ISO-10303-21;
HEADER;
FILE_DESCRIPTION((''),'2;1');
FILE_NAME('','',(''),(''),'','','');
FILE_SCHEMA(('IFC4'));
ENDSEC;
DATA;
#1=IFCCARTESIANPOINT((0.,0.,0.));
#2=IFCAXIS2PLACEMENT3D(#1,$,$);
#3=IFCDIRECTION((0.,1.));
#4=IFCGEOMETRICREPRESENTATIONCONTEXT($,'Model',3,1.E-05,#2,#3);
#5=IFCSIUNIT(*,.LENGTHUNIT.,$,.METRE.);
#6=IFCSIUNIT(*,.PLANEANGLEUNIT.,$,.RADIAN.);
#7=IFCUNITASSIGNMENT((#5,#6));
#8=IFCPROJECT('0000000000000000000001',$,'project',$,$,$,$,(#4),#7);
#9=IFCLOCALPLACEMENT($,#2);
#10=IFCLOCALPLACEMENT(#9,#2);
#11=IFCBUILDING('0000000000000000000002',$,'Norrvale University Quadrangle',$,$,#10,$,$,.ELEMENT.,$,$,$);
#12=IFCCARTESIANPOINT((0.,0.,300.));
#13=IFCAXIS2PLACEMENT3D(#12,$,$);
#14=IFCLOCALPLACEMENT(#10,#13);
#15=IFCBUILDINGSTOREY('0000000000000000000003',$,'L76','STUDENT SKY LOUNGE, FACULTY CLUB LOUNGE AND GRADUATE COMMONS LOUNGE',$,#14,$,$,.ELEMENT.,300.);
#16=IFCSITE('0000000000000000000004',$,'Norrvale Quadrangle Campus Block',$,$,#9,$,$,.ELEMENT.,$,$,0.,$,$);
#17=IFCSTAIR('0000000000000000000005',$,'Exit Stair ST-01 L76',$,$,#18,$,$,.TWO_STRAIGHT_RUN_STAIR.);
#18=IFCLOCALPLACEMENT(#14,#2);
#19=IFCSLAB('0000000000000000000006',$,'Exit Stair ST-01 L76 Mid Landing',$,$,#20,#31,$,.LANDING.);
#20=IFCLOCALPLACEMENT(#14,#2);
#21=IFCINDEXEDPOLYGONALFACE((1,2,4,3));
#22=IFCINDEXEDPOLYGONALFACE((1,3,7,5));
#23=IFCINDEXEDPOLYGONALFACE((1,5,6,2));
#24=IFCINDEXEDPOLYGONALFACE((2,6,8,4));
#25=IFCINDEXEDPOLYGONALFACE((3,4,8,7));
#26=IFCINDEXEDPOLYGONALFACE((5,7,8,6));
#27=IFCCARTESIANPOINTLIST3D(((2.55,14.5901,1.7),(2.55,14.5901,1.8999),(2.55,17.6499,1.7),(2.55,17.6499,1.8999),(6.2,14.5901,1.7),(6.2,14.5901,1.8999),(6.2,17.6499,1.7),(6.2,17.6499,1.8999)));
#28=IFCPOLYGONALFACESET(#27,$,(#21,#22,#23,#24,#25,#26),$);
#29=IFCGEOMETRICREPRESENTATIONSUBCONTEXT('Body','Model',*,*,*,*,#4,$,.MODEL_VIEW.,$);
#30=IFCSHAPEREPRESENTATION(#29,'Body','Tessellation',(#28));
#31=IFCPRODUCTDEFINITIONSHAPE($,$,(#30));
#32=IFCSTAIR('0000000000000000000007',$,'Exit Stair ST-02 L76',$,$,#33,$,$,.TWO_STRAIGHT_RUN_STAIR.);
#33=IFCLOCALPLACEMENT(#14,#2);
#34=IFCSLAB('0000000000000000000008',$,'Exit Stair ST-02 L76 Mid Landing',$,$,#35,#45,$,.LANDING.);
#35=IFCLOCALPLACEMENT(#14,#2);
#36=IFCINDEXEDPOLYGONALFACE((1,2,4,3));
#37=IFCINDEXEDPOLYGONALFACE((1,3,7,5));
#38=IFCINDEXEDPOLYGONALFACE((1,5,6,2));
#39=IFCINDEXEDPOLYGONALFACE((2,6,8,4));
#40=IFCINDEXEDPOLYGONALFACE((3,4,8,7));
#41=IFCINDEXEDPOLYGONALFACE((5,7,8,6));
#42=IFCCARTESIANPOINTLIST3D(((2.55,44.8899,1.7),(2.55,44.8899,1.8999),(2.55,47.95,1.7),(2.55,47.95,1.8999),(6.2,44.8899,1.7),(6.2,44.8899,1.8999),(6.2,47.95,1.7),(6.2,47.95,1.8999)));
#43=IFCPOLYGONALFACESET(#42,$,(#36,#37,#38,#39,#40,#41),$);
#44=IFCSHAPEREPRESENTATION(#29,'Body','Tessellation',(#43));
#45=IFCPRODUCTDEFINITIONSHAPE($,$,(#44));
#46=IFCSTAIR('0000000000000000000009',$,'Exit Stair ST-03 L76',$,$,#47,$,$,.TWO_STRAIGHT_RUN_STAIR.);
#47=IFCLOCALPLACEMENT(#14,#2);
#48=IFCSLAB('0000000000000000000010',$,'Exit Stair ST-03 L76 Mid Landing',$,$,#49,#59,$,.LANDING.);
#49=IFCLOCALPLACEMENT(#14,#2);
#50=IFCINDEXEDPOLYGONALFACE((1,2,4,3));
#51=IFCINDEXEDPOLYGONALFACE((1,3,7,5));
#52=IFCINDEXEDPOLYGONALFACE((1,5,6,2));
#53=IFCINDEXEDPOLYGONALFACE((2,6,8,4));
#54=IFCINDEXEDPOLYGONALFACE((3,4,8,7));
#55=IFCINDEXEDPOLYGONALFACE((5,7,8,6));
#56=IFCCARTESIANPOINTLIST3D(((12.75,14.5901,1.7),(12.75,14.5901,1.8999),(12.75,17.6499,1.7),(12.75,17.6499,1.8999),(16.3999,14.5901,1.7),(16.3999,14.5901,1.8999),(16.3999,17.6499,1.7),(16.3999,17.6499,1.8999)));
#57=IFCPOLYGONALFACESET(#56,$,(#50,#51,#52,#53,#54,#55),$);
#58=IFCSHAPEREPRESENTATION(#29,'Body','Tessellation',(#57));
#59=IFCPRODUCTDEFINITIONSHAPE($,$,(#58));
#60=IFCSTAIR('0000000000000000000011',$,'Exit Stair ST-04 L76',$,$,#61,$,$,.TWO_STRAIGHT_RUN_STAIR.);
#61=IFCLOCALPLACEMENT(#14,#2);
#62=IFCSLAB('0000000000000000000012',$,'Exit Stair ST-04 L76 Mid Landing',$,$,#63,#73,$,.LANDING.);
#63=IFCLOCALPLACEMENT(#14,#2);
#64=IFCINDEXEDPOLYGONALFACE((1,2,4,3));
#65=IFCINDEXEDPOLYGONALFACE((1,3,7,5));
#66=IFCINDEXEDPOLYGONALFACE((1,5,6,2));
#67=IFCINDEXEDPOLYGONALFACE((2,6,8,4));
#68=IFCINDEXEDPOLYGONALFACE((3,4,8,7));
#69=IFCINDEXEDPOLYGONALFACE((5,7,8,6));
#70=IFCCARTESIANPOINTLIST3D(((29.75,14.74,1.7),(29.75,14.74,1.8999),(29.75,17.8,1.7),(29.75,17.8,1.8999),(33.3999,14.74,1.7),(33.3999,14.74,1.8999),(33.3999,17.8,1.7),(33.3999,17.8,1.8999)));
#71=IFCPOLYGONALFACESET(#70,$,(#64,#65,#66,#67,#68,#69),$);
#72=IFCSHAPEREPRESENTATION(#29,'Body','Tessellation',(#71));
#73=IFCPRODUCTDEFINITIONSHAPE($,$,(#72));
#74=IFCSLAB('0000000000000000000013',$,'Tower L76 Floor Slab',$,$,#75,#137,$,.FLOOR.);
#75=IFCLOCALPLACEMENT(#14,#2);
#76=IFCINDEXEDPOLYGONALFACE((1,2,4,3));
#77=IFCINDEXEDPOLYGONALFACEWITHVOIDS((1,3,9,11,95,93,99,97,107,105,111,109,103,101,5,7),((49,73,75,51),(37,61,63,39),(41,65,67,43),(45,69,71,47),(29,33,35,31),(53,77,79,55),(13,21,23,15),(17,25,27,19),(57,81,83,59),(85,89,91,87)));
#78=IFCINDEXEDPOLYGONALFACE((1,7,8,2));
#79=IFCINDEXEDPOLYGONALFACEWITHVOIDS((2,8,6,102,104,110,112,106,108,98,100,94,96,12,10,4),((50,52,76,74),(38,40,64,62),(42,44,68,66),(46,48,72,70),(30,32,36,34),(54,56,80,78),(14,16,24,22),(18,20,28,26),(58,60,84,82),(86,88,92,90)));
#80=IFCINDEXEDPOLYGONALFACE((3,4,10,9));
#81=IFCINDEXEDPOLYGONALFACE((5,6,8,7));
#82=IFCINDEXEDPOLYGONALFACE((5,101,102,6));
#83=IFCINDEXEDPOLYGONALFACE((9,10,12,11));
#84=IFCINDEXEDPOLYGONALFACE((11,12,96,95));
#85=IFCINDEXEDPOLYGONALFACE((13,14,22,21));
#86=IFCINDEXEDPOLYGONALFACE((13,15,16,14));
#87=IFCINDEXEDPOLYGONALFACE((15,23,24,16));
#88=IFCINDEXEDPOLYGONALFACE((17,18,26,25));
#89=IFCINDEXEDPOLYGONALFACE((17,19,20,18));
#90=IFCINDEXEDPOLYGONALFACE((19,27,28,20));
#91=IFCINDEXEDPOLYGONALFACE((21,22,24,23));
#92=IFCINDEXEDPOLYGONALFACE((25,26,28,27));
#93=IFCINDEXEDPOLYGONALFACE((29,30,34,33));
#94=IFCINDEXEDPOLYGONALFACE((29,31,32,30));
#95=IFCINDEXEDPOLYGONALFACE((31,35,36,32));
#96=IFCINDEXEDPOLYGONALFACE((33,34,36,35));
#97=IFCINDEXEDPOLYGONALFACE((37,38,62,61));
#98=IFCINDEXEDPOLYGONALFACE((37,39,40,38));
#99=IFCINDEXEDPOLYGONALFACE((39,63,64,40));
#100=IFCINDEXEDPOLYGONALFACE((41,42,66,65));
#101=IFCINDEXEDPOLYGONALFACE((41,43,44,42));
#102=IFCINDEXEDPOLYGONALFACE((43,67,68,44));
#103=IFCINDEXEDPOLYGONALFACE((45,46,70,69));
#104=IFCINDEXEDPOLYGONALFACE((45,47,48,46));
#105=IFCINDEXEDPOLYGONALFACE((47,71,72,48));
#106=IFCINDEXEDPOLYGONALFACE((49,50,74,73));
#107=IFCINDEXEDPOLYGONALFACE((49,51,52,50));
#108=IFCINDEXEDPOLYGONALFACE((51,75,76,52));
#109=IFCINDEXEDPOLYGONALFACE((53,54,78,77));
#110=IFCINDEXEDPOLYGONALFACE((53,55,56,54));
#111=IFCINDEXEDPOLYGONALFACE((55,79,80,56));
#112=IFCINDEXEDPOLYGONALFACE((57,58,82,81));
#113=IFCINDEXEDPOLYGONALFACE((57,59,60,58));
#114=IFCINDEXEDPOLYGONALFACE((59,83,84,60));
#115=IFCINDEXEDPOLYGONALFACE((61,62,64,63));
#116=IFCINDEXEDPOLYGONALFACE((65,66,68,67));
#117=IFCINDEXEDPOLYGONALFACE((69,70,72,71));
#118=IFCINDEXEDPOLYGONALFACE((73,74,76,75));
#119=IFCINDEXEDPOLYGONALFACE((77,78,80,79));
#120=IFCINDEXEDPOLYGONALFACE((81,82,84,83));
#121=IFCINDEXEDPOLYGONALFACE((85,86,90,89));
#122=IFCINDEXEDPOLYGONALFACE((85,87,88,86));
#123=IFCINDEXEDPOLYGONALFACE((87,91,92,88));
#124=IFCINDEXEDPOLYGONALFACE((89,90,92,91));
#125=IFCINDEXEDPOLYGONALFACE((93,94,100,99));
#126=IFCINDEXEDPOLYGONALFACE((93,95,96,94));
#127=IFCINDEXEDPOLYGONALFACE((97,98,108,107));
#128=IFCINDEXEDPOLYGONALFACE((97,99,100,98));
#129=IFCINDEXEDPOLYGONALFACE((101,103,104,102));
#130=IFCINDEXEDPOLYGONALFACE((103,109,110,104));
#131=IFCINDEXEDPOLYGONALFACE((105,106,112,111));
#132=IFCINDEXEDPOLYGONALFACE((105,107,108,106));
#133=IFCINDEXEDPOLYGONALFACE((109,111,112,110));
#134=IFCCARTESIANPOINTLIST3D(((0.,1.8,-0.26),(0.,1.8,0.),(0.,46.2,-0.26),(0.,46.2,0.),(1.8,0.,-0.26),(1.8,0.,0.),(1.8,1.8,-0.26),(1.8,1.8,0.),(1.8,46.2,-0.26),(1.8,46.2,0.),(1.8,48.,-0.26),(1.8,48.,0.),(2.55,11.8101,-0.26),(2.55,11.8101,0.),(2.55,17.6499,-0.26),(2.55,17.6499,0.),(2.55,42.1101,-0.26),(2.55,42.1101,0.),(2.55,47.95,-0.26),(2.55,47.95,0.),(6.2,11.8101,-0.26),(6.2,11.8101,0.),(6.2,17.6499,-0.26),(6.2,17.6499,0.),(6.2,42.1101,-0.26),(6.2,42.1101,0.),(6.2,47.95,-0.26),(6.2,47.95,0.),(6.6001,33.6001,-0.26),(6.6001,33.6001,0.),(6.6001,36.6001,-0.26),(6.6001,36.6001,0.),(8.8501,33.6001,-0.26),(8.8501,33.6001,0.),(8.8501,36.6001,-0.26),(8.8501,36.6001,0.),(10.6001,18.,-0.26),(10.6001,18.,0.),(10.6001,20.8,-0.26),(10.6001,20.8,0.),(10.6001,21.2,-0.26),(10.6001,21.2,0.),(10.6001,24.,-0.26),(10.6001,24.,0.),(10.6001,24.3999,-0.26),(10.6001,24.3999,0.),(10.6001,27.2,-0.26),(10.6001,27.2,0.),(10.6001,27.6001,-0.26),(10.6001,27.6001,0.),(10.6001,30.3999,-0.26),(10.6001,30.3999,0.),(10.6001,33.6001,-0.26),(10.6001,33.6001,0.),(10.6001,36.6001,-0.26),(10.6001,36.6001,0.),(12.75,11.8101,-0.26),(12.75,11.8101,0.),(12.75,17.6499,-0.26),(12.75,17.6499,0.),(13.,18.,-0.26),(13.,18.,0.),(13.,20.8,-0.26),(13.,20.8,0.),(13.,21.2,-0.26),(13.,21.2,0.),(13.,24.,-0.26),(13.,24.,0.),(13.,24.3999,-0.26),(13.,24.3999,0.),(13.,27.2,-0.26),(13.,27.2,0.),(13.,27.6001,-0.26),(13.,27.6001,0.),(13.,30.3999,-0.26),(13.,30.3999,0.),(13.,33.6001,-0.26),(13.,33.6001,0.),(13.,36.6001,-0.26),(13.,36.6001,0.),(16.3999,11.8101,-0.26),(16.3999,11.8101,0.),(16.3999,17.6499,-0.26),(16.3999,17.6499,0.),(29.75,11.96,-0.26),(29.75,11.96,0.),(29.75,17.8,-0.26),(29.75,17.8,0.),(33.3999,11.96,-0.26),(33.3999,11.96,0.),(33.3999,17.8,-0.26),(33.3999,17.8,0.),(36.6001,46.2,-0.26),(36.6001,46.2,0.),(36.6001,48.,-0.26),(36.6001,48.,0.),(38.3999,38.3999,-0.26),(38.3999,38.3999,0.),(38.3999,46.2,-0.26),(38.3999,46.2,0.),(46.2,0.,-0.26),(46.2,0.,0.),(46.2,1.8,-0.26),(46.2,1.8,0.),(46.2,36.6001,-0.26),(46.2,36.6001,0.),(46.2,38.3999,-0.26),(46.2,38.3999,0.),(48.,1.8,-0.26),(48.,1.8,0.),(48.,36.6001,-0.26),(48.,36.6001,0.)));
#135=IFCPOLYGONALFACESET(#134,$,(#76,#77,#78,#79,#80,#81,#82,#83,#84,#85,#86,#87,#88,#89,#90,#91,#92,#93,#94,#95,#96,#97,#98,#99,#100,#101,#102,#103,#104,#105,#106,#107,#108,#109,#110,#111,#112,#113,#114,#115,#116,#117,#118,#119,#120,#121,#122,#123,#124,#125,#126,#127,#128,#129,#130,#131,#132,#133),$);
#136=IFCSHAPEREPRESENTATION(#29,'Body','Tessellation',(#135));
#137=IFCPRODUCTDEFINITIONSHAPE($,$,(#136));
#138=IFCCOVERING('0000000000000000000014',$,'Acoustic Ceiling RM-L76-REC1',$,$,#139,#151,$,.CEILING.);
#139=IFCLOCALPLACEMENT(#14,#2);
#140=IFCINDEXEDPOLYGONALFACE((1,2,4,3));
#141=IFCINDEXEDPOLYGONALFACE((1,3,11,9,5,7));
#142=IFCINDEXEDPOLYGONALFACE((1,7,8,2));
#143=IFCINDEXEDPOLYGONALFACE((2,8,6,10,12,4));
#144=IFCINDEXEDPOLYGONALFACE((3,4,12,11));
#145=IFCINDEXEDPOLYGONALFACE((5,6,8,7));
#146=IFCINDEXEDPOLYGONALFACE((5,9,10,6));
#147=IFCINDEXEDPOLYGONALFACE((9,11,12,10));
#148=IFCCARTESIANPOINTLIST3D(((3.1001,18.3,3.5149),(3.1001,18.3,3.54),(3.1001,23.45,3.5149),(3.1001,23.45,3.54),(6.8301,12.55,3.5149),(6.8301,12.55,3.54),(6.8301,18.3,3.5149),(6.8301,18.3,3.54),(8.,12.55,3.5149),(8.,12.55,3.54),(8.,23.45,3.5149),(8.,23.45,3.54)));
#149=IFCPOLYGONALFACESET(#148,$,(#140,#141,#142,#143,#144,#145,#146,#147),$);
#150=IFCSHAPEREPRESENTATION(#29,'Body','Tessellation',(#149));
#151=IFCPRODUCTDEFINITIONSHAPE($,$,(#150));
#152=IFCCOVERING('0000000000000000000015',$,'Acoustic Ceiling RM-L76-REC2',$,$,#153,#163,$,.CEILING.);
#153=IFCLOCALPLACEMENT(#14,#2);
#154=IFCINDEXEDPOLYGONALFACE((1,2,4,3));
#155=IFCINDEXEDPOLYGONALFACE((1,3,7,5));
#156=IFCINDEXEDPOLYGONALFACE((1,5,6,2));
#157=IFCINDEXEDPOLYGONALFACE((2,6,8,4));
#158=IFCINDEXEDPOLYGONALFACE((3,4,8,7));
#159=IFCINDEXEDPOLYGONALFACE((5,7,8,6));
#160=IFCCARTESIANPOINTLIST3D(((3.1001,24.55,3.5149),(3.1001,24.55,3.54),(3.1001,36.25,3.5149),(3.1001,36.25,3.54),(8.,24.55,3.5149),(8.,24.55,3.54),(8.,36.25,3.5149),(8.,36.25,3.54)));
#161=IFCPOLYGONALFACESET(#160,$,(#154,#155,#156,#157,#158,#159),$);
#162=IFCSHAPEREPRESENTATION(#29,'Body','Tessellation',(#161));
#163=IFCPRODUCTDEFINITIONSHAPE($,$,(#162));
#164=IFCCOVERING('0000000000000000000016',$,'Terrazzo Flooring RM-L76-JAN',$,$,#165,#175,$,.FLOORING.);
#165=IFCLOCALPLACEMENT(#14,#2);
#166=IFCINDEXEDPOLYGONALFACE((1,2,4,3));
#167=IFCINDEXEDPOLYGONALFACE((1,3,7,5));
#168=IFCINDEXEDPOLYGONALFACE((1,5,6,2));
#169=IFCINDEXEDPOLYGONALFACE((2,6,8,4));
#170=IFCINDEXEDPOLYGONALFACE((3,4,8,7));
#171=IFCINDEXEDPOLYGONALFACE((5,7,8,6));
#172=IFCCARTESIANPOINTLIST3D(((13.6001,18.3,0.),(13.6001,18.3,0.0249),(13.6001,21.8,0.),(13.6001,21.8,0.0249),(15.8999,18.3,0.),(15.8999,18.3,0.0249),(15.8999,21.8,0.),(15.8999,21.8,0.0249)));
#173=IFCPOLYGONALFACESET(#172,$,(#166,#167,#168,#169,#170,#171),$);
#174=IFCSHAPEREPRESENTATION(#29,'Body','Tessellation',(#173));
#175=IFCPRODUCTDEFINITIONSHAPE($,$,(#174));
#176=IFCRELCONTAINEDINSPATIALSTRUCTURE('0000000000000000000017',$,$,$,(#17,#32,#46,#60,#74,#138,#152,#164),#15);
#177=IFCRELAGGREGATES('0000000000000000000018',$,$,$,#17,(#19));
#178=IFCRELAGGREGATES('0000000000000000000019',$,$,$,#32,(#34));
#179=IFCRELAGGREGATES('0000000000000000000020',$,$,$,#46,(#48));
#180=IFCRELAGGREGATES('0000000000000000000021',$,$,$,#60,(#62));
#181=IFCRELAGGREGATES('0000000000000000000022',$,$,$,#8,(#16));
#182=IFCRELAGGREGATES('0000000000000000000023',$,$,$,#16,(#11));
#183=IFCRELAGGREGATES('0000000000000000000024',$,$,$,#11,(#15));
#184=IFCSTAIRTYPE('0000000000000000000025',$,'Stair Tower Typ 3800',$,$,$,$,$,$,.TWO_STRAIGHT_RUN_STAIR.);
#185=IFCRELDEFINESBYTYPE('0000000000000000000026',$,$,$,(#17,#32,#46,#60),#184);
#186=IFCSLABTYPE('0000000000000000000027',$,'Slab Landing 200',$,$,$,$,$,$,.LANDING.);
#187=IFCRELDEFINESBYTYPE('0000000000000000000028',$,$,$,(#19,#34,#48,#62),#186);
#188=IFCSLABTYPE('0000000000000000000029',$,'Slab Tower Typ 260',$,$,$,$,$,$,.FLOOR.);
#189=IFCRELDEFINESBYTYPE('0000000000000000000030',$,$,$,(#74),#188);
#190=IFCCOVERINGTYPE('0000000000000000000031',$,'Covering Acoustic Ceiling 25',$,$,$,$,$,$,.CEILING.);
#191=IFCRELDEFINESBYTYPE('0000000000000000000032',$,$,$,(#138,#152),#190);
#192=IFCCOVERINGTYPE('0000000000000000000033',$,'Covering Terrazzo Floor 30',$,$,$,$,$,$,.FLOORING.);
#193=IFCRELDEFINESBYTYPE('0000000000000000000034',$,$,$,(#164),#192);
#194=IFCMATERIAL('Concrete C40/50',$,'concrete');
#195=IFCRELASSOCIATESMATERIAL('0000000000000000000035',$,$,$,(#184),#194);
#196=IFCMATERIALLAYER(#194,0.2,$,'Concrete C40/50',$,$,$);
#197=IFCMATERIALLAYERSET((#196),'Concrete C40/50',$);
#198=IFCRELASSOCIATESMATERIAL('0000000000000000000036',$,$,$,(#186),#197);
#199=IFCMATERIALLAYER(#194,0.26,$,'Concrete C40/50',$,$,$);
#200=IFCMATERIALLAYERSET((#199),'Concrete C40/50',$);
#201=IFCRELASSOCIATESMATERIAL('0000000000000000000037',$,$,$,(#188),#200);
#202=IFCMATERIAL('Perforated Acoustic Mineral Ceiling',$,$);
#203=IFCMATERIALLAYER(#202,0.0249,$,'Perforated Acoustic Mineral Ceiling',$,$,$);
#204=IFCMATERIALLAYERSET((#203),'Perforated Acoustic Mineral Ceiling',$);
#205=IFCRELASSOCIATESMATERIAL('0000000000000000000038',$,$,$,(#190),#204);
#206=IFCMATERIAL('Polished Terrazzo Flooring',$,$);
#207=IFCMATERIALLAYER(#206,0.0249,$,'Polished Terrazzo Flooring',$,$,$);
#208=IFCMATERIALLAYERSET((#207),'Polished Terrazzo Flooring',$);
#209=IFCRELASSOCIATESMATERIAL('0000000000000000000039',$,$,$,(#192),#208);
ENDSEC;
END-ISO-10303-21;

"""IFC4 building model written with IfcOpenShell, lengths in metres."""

from ifc_helpers import new_model, si_unit, direction, frame, origin, place, context, subcontext, project, spatial, polyline, outline, extrude, material, layer, layer_set, type_object, element, aggregate, save


model = new_model("IFC4")

# Units and contexts
model_context = context("Model", 3, precision=1e-05, world=origin(), true_north=direction((0.0, 1.0)))
body_context = subcontext(model_context, "Body", "Model", "MODEL_VIEW")
ifc_project = project(units=[si_unit("LENGTHUNIT", "METRE"), si_unit("PLANEANGLEUNIT", "RADIAN")], contexts=[model_context])

# Site, building, storey
site_placement = place(None, origin())
site = spatial("IfcSite", under=ifc_project, at=site_placement, Name="Norrvale Quadrangle Campus Block", CompositionType="ELEMENT", RefElevation=0.0)
building_placement = place(site_placement, origin())
building = spatial("IfcBuilding", under=site, at=building_placement, Name="Norrvale University Quadrangle", CompositionType="ELEMENT")
storey_placement = place(building_placement, frame((0.0, 0.0, 300.0)))
storey = spatial("IfcBuildingStorey", under=building, at=storey_placement, Name="L76", Description="STUDENT SKY LOUNGE, FACULTY CLUB LOUNGE AND GRADUATE COMMONS LOUNGE", CompositionType="ELEMENT", Elevation=300.0)

# Stairs, slabs
ifc_material_1 = material(Name="Concrete C40/50", Category="concrete")
stair_type = type_object("IfcStairType", Name="Stair Tower Typ 3800", PredefinedType="TWO_STRAIGHT_RUN_STAIR", material=ifc_material_1)
stair_1_placement = place(storey_placement, origin())
stair_1 = element("IfcStair", 1, at=stair_1_placement, inside=storey, type_object=stair_type, Name="Exit Stair ST-01 L76", PredefinedType="TWO_STRAIGHT_RUN_STAIR")
ifc_layer_1 = layer(ifc_material_1, 0.2, Name="Concrete C40/50")
ifc_layer_set_1 = layer_set([ifc_layer_1], Name="Concrete C40/50")
slab_type_1 = type_object("IfcSlabType", Name="Slab Landing 200", PredefinedType="LANDING", material=ifc_layer_set_1)
slab_1_placement = place(storey_placement, frame((0.0, 0.0, 1.7)))
slab_1 = element("IfcSlab", 2, at=slab_1_placement, type_object=slab_type_1, Name="Exit Stair ST-01 L76 Mid Landing", PredefinedType="LANDING", context=body_context, shape_type="SweptSolid", body=[
    extrude(outline(polyline([(2.55, 14.5901), (6.2, 14.5901), (6.2, 17.6499), (2.55, 17.6499), (2.55, 14.5901)])), origin(), (0.0, 0.0, 1.0), 0.2),
])
aggregate(stair_1, [slab_1])
stair_2_placement = place(storey_placement, origin())
stair_2 = element("IfcStair", 3, at=stair_2_placement, inside=storey, type_object=stair_type, Name="Exit Stair ST-02 L76", PredefinedType="TWO_STRAIGHT_RUN_STAIR")
slab_2_placement = place(storey_placement, frame((0.0, 0.0, 1.7)))
slab_2 = element("IfcSlab", 4, at=slab_2_placement, type_object=slab_type_1, Name="Exit Stair ST-02 L76 Mid Landing", PredefinedType="LANDING", context=body_context, shape_type="SweptSolid", body=[
    extrude(outline(polyline([(2.55, 44.8899), (6.2, 44.8899), (6.2, 47.95), (2.55, 47.95), (2.55, 44.8899)])), origin(), (0.0, 0.0, 1.0), 0.2),
])
aggregate(stair_2, [slab_2])
stair_3_placement = place(storey_placement, origin())
stair_3 = element("IfcStair", 5, at=stair_3_placement, inside=storey, type_object=stair_type, Name="Exit Stair ST-03 L76", PredefinedType="TWO_STRAIGHT_RUN_STAIR")
slab_3_placement = place(storey_placement, frame((0.0, 0.0, 1.7)))
slab_3 = element("IfcSlab", 6, at=slab_3_placement, type_object=slab_type_1, Name="Exit Stair ST-03 L76 Mid Landing", PredefinedType="LANDING", context=body_context, shape_type="SweptSolid", body=[
    extrude(outline(polyline([(12.75, 14.5901), (16.3999, 14.5901), (16.3999, 17.6499), (12.75, 17.6499), (12.75, 14.5901)])), origin(), (0.0, 0.0, 1.0), 0.2),
])
aggregate(stair_3, [slab_3])
stair_4_placement = place(storey_placement, origin())
stair_4 = element("IfcStair", 7, at=stair_4_placement, inside=storey, type_object=stair_type, Name="Exit Stair ST-04 L76", PredefinedType="TWO_STRAIGHT_RUN_STAIR")
slab_4_placement = place(storey_placement, frame((0.0, 0.0, 1.7)))
slab_4 = element("IfcSlab", 8, at=slab_4_placement, type_object=slab_type_1, Name="Exit Stair ST-04 L76 Mid Landing", PredefinedType="LANDING", context=body_context, shape_type="SweptSolid", body=[
    extrude(outline(polyline([(29.75, 14.74), (33.3999, 14.74), (33.3999, 17.8), (29.75, 17.8), (29.75, 14.74)])), origin(), (0.0, 0.0, 1.0), 0.2),
])
aggregate(stair_4, [slab_4])

# Slab
ifc_layer_2 = layer(ifc_material_1, 0.26, Name="Concrete C40/50")
ifc_layer_set_2 = layer_set([ifc_layer_2], Name="Concrete C40/50")
slab_type_2 = type_object("IfcSlabType", Name="Slab Tower Typ 260", PredefinedType="FLOOR", material=ifc_layer_set_2)
slab_5_placement = place(storey_placement, frame((0.0, 0.0, -0.26)))
element("IfcSlab", 9, at=slab_5_placement, inside=storey, type_object=slab_type_2, Name="Tower L76 Floor Slab", PredefinedType="FLOOR", context=body_context, shape_type="SweptSolid", body=[
    extrude(outline(polyline([(1.8, 0.0), (46.2, 0.0), (46.2, 1.8), (48.0, 1.8), (48.0, 36.6001), (46.2, 36.6001), (46.2, 38.3999), (38.3999, 38.3999), (38.3999, 46.2), (36.6001, 46.2), (36.6001, 48.0), (1.8, 48.0), (1.8, 46.2), (0.0, 46.2), (0.0, 1.8), (1.8, 1.8), (1.8, 0.0)]), holes=[polyline([(2.55, 11.8101), (6.2, 11.8101), (6.2, 17.6499), (2.55, 17.6499), (2.55, 11.8101)]), polyline([(2.55, 42.1101), (6.2, 42.1101), (6.2, 47.95), (2.55, 47.95), (2.55, 42.1101)]), polyline([(12.75, 11.8101), (16.3999, 11.8101), (16.3999, 17.6499), (12.75, 17.6499), (12.75, 11.8101)]), polyline([(29.75, 11.96), (33.3999, 11.96), (33.3999, 17.8), (29.75, 17.8), (29.75, 11.96)]), polyline([(10.6001, 18.0), (13.0, 18.0), (13.0, 20.8), (10.6001, 20.8), (10.6001, 18.0)]), polyline([(10.6001, 21.2), (13.0, 21.2), (13.0, 24.0), (10.6001, 24.0), (10.6001, 21.2)]), polyline([(10.6001, 24.3999), (13.0, 24.3999), (13.0, 27.2), (10.6001, 27.2), (10.6001, 24.3999)]), polyline([(10.6001, 27.6001), (13.0, 27.6001), (13.0, 30.3999), (10.6001, 30.3999), (10.6001, 27.6001)]), polyline([(6.6001, 33.6001), (8.8501, 33.6001), (8.8501, 36.6001), (6.6001, 36.6001), (6.6001, 33.6001)]), polyline([(10.6001, 33.6001), (13.0, 33.6001), (13.0, 36.6001), (10.6001, 36.6001), (10.6001, 33.6001)])]), origin(), (0.0, 0.0, 1.0), 0.26),
])

# Coverings
ifc_material_2 = material(Name="Perforated Acoustic Mineral Ceiling")
ifc_layer_3 = layer(ifc_material_2, 0.0249, Name="Perforated Acoustic Mineral Ceiling")
ifc_layer_set_3 = layer_set([ifc_layer_3], Name="Perforated Acoustic Mineral Ceiling")
covering_type_1 = type_object("IfcCoveringType", Name="Covering Acoustic Ceiling 25", PredefinedType="CEILING", material=ifc_layer_set_3)
covering_1_placement = place(storey_placement, frame((0.0, 0.0, 3.5149)))
element("IfcCovering", 10, at=covering_1_placement, inside=storey, type_object=covering_type_1, Name="Acoustic Ceiling RM-L76-REC1", PredefinedType="CEILING", context=body_context, shape_type="SweptSolid", body=[
    extrude(outline(polyline([(3.1001, 18.3), (3.1001, 23.45), (8.0, 23.45), (8.0, 12.55), (6.8301, 12.55), (6.8301, 18.3), (3.1001, 18.3)])), origin(), (0.0, 0.0, 1.0), 0.0251),
])
covering_2_placement = place(storey_placement, frame((0.0, 0.0, 3.5149)))
element("IfcCovering", 11, at=covering_2_placement, inside=storey, type_object=covering_type_1, Name="Acoustic Ceiling RM-L76-REC2", PredefinedType="CEILING", context=body_context, shape_type="SweptSolid", body=[
    extrude(outline(polyline([(3.1001, 24.55), (3.1001, 36.25), (8.0, 36.25), (8.0, 24.55), (3.1001, 24.55)])), origin(), (0.0, 0.0, 1.0), 0.0251),
])
ifc_material_3 = material(Name="Polished Terrazzo Flooring")
ifc_layer_4 = layer(ifc_material_3, 0.0249, Name="Polished Terrazzo Flooring")
ifc_layer_set_4 = layer_set([ifc_layer_4], Name="Polished Terrazzo Flooring")
covering_type_2 = type_object("IfcCoveringType", Name="Covering Terrazzo Floor 30", PredefinedType="FLOORING", material=ifc_layer_set_4)
covering_3_placement = place(storey_placement, origin())
element("IfcCovering", 12, at=covering_3_placement, inside=storey, type_object=covering_type_2, Name="Terrazzo Flooring RM-L76-JAN", PredefinedType="FLOORING", context=body_context, shape_type="SweptSolid", body=[
    extrude(outline(polyline([(13.6001, 18.3), (13.6001, 21.8), (15.8999, 21.8), (15.8999, 18.3), (13.6001, 18.3)])), origin(), (0.0, 0.0, 1.0), 0.0249),
])

save(model, "model.ifc")
